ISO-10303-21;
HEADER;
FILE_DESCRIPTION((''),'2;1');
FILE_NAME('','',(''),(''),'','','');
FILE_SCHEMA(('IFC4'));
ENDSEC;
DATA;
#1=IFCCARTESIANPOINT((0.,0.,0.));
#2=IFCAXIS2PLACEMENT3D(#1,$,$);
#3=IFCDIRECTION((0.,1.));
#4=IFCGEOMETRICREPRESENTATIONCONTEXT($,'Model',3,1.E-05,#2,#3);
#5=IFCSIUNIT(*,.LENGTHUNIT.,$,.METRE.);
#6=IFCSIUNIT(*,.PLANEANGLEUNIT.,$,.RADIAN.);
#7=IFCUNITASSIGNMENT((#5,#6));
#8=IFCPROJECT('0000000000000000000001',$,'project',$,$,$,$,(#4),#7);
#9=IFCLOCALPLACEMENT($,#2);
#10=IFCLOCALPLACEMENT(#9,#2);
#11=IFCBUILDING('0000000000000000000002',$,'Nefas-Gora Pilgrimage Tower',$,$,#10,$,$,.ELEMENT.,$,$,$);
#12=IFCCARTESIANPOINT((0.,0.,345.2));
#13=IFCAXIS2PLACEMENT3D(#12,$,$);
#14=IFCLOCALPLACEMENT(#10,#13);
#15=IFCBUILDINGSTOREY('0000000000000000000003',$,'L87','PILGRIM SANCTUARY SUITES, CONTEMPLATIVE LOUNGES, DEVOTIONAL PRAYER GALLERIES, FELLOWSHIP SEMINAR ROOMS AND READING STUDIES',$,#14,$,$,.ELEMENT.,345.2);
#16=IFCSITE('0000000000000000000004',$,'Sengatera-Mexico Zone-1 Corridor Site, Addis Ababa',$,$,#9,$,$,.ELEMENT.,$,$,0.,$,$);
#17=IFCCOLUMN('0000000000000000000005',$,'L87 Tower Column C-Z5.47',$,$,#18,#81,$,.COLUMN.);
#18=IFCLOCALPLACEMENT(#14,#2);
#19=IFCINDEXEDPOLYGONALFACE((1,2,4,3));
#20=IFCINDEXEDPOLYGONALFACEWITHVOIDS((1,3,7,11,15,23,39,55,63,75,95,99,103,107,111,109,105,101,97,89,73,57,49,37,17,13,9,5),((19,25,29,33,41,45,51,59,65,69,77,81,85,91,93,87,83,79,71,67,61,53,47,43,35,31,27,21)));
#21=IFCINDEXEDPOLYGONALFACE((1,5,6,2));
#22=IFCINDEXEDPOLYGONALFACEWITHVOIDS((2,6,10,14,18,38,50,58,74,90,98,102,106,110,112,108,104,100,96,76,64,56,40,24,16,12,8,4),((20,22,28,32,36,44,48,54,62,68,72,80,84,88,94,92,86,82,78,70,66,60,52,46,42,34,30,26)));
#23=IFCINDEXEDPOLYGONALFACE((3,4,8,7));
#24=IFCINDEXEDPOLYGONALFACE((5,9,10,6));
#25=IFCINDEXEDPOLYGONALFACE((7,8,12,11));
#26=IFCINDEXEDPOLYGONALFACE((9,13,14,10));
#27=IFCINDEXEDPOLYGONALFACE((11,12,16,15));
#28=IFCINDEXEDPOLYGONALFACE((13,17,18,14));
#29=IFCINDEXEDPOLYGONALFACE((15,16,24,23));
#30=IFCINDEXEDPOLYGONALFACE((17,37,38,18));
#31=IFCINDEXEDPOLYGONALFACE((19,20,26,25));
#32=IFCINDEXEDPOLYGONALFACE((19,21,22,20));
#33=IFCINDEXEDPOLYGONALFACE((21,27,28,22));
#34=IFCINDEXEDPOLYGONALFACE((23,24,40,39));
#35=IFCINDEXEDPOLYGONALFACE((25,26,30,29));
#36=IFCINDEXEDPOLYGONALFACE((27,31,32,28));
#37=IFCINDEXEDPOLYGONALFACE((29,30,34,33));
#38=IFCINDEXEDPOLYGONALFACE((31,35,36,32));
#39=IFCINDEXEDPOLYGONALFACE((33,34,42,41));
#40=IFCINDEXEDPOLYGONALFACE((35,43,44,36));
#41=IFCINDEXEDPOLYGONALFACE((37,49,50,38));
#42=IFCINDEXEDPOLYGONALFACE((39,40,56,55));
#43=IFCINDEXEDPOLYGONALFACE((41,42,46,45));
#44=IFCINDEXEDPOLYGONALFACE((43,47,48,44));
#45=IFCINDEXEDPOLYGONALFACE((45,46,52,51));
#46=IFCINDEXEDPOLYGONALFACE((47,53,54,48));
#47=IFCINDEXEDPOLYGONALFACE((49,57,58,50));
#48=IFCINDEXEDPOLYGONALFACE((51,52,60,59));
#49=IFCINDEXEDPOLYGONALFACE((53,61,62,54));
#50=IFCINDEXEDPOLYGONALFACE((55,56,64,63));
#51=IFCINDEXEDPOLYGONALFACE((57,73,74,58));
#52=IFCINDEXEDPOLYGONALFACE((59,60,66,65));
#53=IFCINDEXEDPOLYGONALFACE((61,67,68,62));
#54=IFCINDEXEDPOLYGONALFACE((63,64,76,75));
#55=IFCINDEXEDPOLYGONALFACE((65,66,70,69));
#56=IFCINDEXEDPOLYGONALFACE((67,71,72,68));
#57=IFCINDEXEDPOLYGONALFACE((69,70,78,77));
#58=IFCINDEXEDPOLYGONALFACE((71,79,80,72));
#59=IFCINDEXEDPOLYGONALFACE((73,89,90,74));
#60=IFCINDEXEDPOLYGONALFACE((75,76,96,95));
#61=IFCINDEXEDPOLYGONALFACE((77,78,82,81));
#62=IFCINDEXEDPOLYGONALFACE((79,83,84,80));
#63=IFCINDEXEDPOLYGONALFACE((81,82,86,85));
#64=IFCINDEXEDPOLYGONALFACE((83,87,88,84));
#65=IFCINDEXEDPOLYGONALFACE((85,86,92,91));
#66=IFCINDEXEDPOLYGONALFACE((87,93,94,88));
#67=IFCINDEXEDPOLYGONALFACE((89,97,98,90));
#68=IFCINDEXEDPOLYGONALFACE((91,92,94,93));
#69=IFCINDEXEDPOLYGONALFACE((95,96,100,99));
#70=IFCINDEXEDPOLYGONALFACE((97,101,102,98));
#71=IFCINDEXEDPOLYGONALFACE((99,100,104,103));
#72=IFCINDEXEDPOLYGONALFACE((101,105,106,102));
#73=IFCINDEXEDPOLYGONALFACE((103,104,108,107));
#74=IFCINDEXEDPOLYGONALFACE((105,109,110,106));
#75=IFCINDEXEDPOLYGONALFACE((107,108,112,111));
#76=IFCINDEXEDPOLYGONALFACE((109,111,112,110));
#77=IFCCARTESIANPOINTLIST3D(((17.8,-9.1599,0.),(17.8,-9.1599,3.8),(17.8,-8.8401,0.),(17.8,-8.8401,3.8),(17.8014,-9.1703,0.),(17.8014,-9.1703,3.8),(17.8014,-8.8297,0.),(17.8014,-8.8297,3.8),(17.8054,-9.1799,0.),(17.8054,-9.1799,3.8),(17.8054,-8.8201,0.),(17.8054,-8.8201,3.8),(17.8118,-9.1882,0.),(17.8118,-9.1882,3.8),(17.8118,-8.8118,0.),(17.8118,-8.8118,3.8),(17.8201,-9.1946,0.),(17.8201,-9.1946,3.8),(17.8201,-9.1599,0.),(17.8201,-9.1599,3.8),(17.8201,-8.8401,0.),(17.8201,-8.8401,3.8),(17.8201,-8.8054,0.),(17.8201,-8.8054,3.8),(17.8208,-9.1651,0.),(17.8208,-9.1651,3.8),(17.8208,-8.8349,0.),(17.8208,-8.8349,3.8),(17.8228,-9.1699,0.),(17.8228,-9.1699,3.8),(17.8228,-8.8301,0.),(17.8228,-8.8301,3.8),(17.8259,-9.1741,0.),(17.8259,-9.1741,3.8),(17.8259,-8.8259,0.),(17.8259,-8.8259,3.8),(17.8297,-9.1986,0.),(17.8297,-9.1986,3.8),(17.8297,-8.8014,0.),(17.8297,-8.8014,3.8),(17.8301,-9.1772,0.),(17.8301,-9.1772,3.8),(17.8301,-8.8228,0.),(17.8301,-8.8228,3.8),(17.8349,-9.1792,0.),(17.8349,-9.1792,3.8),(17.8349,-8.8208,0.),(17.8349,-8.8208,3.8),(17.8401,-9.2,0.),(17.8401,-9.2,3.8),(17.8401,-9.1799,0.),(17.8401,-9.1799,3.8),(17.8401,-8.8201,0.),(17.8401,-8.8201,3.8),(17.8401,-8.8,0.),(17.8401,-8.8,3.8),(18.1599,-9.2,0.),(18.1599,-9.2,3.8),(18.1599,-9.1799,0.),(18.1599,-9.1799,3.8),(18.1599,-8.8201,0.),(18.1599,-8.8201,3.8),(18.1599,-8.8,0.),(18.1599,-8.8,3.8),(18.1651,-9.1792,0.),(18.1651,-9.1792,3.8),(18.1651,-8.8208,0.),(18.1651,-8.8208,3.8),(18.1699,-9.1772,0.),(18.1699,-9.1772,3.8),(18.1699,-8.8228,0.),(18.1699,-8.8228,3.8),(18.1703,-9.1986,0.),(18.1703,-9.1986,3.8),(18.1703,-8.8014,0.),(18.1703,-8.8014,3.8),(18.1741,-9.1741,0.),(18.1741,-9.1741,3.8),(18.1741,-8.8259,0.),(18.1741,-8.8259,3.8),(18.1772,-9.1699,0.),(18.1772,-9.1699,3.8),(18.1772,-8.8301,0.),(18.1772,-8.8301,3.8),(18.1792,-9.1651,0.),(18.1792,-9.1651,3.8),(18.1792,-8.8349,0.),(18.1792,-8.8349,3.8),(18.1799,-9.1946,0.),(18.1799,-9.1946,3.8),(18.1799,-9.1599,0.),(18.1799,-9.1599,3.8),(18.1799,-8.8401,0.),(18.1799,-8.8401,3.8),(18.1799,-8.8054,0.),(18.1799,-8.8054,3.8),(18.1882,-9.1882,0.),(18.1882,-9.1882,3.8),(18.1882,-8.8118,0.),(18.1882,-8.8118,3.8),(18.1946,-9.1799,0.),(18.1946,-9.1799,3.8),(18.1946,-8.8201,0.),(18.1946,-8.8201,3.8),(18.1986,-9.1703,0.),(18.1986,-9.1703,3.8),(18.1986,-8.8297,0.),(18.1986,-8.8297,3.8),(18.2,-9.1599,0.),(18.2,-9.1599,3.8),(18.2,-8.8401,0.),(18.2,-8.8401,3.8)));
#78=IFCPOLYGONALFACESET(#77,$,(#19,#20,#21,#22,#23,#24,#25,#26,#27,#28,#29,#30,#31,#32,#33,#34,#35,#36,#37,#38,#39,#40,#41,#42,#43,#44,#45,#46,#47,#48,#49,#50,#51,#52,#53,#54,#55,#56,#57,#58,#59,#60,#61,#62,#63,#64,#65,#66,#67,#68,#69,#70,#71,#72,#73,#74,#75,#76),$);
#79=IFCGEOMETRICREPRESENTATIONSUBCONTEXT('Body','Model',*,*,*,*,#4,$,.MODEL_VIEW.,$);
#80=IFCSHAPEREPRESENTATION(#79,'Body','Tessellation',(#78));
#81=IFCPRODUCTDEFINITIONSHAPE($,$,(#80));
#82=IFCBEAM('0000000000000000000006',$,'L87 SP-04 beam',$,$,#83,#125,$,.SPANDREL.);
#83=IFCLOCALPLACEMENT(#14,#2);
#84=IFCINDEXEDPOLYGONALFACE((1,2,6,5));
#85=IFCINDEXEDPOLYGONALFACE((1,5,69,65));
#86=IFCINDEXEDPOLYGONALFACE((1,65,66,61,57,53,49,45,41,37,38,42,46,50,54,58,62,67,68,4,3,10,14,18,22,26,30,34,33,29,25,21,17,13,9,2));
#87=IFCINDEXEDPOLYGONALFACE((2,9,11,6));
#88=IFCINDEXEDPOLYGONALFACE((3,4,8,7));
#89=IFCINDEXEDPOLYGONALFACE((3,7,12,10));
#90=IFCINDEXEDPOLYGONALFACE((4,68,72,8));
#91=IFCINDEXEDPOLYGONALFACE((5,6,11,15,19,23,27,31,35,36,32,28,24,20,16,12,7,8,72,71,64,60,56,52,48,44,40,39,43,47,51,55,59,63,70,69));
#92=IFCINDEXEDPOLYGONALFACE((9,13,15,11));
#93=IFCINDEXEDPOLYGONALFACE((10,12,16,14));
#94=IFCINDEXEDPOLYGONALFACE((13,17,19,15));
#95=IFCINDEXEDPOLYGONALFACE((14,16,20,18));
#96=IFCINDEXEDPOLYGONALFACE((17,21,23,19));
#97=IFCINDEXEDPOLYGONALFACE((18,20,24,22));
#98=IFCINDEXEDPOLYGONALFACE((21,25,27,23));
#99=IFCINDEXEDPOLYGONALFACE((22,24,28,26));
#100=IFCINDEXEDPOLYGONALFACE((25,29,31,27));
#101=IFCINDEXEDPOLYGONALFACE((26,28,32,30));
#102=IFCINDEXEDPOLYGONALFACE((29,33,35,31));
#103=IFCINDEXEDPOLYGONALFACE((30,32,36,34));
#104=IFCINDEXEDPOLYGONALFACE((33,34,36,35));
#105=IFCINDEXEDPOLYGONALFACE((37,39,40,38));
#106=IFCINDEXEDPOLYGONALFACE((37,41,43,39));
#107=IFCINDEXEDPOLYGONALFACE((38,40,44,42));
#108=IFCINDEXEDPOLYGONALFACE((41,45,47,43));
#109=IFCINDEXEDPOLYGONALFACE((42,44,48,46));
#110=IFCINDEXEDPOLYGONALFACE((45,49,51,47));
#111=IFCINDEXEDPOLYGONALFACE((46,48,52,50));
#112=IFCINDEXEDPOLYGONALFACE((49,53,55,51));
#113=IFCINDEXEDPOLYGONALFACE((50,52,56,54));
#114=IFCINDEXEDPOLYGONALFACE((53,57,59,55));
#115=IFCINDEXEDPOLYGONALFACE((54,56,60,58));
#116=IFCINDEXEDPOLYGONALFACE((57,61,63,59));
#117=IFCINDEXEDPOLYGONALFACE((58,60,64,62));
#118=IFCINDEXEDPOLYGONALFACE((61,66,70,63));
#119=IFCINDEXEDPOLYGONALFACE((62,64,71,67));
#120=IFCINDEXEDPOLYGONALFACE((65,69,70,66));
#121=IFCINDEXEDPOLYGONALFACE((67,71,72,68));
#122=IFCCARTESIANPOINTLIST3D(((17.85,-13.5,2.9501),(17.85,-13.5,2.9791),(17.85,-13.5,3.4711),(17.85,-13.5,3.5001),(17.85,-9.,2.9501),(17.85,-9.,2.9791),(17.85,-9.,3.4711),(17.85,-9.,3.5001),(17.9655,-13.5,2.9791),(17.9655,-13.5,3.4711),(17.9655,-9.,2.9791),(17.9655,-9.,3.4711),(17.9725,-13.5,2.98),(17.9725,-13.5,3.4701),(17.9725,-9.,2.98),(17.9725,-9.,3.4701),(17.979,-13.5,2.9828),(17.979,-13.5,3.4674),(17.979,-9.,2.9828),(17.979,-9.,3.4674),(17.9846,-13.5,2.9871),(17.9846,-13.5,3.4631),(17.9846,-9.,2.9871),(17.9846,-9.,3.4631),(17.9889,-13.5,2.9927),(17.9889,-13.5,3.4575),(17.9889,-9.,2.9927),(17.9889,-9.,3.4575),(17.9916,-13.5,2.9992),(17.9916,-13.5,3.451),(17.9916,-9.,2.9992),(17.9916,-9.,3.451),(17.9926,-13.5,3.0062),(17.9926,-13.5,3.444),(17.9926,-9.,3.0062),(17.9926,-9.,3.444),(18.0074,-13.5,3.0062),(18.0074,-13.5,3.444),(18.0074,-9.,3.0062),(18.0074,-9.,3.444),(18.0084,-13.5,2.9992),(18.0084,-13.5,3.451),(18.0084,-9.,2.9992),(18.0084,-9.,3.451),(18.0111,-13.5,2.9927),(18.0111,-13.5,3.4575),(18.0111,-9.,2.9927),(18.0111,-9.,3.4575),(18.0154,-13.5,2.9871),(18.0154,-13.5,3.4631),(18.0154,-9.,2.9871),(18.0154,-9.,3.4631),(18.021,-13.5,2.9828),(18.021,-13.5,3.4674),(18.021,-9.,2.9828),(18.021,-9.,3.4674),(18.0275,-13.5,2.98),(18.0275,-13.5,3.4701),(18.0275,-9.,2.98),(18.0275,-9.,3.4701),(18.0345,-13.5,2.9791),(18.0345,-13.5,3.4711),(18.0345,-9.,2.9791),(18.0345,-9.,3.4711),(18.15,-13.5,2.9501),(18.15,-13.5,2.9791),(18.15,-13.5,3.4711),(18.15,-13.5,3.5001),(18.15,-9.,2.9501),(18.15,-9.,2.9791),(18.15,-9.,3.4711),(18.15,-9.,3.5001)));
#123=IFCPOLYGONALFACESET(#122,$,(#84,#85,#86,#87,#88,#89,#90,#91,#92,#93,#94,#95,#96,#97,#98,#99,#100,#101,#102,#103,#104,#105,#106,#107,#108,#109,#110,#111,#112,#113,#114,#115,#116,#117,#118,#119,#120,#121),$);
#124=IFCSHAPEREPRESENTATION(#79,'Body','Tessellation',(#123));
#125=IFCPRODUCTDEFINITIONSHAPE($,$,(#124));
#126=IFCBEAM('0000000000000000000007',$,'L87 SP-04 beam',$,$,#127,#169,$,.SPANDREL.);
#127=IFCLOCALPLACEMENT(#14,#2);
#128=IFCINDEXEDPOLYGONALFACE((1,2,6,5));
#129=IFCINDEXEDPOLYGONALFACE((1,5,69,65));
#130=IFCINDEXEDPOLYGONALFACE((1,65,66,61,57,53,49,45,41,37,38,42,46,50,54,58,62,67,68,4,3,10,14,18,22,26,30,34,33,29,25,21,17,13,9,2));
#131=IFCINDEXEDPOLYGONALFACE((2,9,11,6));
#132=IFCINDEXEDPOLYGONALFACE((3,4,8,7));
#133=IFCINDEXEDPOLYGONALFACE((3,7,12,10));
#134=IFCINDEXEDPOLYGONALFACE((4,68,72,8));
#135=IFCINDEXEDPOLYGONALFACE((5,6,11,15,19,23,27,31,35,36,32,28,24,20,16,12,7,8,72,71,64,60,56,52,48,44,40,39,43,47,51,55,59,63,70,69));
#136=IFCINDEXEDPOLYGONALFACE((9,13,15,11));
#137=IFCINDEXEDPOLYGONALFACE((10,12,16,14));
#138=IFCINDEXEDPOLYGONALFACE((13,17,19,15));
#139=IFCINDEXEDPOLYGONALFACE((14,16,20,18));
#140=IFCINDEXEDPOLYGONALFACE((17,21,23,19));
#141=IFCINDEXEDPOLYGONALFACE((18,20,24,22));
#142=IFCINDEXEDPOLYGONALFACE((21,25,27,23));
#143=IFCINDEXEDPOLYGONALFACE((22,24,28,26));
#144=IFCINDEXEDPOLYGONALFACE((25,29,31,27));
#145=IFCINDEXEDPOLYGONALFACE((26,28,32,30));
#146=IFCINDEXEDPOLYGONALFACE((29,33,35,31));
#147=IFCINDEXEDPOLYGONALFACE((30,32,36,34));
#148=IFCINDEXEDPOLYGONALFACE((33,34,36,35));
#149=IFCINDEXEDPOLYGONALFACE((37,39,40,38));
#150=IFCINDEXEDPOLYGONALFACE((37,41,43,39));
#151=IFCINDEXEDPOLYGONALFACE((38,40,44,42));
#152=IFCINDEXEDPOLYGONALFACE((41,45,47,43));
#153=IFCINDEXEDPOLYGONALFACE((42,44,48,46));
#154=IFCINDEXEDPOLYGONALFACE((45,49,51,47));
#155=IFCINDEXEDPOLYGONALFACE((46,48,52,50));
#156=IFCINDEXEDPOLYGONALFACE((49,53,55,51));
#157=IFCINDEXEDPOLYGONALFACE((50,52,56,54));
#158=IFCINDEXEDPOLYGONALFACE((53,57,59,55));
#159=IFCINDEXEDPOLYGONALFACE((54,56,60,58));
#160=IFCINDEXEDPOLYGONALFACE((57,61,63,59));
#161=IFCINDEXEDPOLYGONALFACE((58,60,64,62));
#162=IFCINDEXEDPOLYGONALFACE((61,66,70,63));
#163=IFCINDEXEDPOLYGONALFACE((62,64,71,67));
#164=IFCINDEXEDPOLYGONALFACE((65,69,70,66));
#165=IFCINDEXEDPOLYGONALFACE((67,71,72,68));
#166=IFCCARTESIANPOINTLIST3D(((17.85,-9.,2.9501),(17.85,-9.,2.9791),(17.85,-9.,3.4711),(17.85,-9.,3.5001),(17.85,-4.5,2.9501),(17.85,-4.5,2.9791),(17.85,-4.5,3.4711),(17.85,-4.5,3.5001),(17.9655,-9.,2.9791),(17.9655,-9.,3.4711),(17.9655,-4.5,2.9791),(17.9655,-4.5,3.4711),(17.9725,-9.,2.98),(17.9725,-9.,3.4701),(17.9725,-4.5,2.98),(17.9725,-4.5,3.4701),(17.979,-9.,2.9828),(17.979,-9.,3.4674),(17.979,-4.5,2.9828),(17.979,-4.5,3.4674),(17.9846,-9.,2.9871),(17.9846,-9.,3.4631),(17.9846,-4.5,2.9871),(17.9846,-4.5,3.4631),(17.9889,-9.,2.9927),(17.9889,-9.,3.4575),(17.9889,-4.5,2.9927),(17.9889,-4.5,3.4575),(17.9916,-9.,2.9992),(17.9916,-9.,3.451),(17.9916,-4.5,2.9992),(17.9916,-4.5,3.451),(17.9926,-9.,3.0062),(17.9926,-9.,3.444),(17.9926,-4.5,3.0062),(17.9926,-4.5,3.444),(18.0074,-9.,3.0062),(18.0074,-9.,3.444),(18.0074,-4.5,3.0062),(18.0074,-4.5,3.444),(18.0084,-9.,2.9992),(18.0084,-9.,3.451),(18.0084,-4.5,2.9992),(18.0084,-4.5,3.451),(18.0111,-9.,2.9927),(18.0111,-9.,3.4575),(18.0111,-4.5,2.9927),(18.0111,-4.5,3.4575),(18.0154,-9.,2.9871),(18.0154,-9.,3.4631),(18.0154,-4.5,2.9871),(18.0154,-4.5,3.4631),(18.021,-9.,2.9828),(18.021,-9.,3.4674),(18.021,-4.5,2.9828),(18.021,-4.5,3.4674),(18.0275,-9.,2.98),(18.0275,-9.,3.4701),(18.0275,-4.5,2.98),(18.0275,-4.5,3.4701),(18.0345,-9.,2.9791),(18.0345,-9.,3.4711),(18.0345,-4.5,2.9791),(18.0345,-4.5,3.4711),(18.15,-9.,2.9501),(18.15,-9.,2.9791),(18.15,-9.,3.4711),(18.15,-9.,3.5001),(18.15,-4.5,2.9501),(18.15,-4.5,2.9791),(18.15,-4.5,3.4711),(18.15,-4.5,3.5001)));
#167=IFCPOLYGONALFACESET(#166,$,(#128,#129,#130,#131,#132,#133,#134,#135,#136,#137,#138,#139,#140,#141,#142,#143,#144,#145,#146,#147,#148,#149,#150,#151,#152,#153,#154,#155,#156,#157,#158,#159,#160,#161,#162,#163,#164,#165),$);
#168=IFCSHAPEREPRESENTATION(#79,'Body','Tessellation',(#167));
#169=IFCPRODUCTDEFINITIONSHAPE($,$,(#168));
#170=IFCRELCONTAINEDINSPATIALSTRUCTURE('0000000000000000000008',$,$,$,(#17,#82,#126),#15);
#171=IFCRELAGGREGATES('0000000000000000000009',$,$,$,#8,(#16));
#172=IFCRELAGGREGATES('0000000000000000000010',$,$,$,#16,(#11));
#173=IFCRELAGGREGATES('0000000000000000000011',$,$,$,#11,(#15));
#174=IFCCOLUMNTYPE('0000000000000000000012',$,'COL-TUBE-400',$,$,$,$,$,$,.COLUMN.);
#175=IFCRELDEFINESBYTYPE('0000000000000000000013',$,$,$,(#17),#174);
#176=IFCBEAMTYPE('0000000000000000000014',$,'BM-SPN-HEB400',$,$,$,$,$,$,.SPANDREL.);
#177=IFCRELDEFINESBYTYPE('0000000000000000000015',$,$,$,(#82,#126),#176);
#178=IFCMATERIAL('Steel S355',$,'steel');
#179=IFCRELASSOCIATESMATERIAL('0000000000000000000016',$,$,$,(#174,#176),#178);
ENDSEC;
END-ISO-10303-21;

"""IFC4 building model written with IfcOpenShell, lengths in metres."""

from ifc_helpers import new_model, si_unit, direction, frame, origin, origin_2d, place, context, subcontext, project, spatial, hollow_rectangle, i_section, extrude, source, transform, mapped, material, material_profile, profile_set, type_object, element, save


model = new_model("IFC4")

# Units and contexts
model_context = context("Model", 3, precision=1e-05, world=origin(), true_north=direction((0.0, 1.0)))
body_context = subcontext(model_context, "Body", "Model", "MODEL_VIEW")
ifc_project = project(units=[si_unit("LENGTHUNIT", "METRE"), si_unit("PLANEANGLEUNIT", "RADIAN")], contexts=[model_context])

# Site, building, storey
site_placement = place(None, origin())
site = spatial("IfcSite", under=ifc_project, at=site_placement, Name="Sengatera-Mexico Zone-1 Corridor Site, Addis Ababa", CompositionType="ELEMENT", RefElevation=0.0)
building_placement = place(site_placement, origin())
building = spatial("IfcBuilding", under=site, at=building_placement, Name="Nefas-Gora Pilgrimage Tower", CompositionType="ELEMENT")
storey_placement = place(building_placement, frame((0.0, 0.0, 345.2)))
storey = spatial("IfcBuildingStorey", under=building, at=storey_placement, Name="L87", Description="PILGRIM SANCTUARY SUITES, CONTEMPLATIVE LOUNGES, DEVOTIONAL PRAYER GALLERIES, FELLOWSHIP SEMINAR ROOMS AND READING STUDIES", CompositionType="ELEMENT", Elevation=345.2)

# Column
ifc_material_1 = material(Name="Steel S355", Category="steel")
ifc_material_profile_1 = material_profile(ifc_material_1, hollow_rectangle(XDim=0.3999, YDim=0.3999, WallThickness=0.02, InnerFilletRadius=0.02, OuterFilletRadius=0.04, at=origin_2d()), Name="SHS 400x400x20")
ifc_profile_set_1 = profile_set([ifc_material_profile_1], Name="Steel S355")
column_type_1 = type_object("IfcColumnType", Name="COL-TUBE-400", PredefinedType="COLUMN", material=ifc_profile_set_1)
shared_shape_1 = source(origin(), body_context, "Body", "SweptSolid", [
    extrude(hollow_rectangle(XDim=0.3999, YDim=0.3999, WallThickness=0.02, InnerFilletRadius=0.02, OuterFilletRadius=0.04, at=origin_2d()), origin(), (0.0, 0.0, 1.0), 3.8),
])
for number, where, z_axis, x_axis, name in (
    (1, (18.0, -9.0, 0.0), (0.0, 0.0, 1.0), (1.0, 0.0, 0.0), "L87 Tower Column C-Z5.47"),
):
    element("IfcColumn", number, at=place(storey_placement, frame(where, z_axis=z_axis, x_axis=x_axis)), inside=storey, type_object=column_type_1, Name=name, PredefinedType="COLUMN", context=body_context, shape_type="MappedRepresentation", body=[
        mapped(shared_shape_1, transform((0.0, 0.0, 0.0), x_axis=(1.0, 0.0, 0.0), y_axis=(0.0, 1.0, 0.0), z_axis=(0.0, 0.0, 1.0), scale=1.0)),
    ])

# Beams
ifc_material_profile_2 = material_profile(ifc_material_1, i_section(OverallWidth=0.3, OverallDepth=0.55, WebThickness=0.0149, FlangeThickness=0.0291, FilletRadius=0.0271, at=origin_2d()), Name="HEB 550")
ifc_profile_set_2 = profile_set([ifc_material_profile_2], Name="Steel S355")
beam_type_1 = type_object("IfcBeamType", Name="BM-SPN-HEB400", PredefinedType="SPANDREL", material=ifc_profile_set_2)
shared_shape_2 = source(origin(), body_context, "Body", "SweptSolid", [
    extrude(i_section(OverallWidth=0.3, OverallDepth=0.55, WebThickness=0.0149, FlangeThickness=0.0291, FilletRadius=0.0271, at=origin_2d()), origin(), (0.0, 0.0, 1.0), 4.5),
])
for number, where, z_axis, x_axis, name in (
    (2, (18.0, -13.5, 3.2251), (0.0, 1.0, 0.0), (-1.0, 0.0, 0.0), "L87 SP-04 beam"),
    (3, (18.0, -9.0, 3.2251), (0.0, 1.0, 0.0), (-1.0, 0.0, 0.0), "L87 SP-04 beam"),
):
    element("IfcBeam", number, at=place(storey_placement, frame(where, z_axis=z_axis, x_axis=x_axis)), inside=storey, type_object=beam_type_1, Name=name, PredefinedType="SPANDREL", context=body_context, shape_type="MappedRepresentation", body=[
        mapped(shared_shape_2, transform((0.0, 0.0, 0.0), x_axis=(1.0, 0.0, 0.0), y_axis=(0.0, 1.0, 0.0), z_axis=(0.0, 0.0, 1.0), scale=1.0)),
    ])

save(model, "model.ifc")
